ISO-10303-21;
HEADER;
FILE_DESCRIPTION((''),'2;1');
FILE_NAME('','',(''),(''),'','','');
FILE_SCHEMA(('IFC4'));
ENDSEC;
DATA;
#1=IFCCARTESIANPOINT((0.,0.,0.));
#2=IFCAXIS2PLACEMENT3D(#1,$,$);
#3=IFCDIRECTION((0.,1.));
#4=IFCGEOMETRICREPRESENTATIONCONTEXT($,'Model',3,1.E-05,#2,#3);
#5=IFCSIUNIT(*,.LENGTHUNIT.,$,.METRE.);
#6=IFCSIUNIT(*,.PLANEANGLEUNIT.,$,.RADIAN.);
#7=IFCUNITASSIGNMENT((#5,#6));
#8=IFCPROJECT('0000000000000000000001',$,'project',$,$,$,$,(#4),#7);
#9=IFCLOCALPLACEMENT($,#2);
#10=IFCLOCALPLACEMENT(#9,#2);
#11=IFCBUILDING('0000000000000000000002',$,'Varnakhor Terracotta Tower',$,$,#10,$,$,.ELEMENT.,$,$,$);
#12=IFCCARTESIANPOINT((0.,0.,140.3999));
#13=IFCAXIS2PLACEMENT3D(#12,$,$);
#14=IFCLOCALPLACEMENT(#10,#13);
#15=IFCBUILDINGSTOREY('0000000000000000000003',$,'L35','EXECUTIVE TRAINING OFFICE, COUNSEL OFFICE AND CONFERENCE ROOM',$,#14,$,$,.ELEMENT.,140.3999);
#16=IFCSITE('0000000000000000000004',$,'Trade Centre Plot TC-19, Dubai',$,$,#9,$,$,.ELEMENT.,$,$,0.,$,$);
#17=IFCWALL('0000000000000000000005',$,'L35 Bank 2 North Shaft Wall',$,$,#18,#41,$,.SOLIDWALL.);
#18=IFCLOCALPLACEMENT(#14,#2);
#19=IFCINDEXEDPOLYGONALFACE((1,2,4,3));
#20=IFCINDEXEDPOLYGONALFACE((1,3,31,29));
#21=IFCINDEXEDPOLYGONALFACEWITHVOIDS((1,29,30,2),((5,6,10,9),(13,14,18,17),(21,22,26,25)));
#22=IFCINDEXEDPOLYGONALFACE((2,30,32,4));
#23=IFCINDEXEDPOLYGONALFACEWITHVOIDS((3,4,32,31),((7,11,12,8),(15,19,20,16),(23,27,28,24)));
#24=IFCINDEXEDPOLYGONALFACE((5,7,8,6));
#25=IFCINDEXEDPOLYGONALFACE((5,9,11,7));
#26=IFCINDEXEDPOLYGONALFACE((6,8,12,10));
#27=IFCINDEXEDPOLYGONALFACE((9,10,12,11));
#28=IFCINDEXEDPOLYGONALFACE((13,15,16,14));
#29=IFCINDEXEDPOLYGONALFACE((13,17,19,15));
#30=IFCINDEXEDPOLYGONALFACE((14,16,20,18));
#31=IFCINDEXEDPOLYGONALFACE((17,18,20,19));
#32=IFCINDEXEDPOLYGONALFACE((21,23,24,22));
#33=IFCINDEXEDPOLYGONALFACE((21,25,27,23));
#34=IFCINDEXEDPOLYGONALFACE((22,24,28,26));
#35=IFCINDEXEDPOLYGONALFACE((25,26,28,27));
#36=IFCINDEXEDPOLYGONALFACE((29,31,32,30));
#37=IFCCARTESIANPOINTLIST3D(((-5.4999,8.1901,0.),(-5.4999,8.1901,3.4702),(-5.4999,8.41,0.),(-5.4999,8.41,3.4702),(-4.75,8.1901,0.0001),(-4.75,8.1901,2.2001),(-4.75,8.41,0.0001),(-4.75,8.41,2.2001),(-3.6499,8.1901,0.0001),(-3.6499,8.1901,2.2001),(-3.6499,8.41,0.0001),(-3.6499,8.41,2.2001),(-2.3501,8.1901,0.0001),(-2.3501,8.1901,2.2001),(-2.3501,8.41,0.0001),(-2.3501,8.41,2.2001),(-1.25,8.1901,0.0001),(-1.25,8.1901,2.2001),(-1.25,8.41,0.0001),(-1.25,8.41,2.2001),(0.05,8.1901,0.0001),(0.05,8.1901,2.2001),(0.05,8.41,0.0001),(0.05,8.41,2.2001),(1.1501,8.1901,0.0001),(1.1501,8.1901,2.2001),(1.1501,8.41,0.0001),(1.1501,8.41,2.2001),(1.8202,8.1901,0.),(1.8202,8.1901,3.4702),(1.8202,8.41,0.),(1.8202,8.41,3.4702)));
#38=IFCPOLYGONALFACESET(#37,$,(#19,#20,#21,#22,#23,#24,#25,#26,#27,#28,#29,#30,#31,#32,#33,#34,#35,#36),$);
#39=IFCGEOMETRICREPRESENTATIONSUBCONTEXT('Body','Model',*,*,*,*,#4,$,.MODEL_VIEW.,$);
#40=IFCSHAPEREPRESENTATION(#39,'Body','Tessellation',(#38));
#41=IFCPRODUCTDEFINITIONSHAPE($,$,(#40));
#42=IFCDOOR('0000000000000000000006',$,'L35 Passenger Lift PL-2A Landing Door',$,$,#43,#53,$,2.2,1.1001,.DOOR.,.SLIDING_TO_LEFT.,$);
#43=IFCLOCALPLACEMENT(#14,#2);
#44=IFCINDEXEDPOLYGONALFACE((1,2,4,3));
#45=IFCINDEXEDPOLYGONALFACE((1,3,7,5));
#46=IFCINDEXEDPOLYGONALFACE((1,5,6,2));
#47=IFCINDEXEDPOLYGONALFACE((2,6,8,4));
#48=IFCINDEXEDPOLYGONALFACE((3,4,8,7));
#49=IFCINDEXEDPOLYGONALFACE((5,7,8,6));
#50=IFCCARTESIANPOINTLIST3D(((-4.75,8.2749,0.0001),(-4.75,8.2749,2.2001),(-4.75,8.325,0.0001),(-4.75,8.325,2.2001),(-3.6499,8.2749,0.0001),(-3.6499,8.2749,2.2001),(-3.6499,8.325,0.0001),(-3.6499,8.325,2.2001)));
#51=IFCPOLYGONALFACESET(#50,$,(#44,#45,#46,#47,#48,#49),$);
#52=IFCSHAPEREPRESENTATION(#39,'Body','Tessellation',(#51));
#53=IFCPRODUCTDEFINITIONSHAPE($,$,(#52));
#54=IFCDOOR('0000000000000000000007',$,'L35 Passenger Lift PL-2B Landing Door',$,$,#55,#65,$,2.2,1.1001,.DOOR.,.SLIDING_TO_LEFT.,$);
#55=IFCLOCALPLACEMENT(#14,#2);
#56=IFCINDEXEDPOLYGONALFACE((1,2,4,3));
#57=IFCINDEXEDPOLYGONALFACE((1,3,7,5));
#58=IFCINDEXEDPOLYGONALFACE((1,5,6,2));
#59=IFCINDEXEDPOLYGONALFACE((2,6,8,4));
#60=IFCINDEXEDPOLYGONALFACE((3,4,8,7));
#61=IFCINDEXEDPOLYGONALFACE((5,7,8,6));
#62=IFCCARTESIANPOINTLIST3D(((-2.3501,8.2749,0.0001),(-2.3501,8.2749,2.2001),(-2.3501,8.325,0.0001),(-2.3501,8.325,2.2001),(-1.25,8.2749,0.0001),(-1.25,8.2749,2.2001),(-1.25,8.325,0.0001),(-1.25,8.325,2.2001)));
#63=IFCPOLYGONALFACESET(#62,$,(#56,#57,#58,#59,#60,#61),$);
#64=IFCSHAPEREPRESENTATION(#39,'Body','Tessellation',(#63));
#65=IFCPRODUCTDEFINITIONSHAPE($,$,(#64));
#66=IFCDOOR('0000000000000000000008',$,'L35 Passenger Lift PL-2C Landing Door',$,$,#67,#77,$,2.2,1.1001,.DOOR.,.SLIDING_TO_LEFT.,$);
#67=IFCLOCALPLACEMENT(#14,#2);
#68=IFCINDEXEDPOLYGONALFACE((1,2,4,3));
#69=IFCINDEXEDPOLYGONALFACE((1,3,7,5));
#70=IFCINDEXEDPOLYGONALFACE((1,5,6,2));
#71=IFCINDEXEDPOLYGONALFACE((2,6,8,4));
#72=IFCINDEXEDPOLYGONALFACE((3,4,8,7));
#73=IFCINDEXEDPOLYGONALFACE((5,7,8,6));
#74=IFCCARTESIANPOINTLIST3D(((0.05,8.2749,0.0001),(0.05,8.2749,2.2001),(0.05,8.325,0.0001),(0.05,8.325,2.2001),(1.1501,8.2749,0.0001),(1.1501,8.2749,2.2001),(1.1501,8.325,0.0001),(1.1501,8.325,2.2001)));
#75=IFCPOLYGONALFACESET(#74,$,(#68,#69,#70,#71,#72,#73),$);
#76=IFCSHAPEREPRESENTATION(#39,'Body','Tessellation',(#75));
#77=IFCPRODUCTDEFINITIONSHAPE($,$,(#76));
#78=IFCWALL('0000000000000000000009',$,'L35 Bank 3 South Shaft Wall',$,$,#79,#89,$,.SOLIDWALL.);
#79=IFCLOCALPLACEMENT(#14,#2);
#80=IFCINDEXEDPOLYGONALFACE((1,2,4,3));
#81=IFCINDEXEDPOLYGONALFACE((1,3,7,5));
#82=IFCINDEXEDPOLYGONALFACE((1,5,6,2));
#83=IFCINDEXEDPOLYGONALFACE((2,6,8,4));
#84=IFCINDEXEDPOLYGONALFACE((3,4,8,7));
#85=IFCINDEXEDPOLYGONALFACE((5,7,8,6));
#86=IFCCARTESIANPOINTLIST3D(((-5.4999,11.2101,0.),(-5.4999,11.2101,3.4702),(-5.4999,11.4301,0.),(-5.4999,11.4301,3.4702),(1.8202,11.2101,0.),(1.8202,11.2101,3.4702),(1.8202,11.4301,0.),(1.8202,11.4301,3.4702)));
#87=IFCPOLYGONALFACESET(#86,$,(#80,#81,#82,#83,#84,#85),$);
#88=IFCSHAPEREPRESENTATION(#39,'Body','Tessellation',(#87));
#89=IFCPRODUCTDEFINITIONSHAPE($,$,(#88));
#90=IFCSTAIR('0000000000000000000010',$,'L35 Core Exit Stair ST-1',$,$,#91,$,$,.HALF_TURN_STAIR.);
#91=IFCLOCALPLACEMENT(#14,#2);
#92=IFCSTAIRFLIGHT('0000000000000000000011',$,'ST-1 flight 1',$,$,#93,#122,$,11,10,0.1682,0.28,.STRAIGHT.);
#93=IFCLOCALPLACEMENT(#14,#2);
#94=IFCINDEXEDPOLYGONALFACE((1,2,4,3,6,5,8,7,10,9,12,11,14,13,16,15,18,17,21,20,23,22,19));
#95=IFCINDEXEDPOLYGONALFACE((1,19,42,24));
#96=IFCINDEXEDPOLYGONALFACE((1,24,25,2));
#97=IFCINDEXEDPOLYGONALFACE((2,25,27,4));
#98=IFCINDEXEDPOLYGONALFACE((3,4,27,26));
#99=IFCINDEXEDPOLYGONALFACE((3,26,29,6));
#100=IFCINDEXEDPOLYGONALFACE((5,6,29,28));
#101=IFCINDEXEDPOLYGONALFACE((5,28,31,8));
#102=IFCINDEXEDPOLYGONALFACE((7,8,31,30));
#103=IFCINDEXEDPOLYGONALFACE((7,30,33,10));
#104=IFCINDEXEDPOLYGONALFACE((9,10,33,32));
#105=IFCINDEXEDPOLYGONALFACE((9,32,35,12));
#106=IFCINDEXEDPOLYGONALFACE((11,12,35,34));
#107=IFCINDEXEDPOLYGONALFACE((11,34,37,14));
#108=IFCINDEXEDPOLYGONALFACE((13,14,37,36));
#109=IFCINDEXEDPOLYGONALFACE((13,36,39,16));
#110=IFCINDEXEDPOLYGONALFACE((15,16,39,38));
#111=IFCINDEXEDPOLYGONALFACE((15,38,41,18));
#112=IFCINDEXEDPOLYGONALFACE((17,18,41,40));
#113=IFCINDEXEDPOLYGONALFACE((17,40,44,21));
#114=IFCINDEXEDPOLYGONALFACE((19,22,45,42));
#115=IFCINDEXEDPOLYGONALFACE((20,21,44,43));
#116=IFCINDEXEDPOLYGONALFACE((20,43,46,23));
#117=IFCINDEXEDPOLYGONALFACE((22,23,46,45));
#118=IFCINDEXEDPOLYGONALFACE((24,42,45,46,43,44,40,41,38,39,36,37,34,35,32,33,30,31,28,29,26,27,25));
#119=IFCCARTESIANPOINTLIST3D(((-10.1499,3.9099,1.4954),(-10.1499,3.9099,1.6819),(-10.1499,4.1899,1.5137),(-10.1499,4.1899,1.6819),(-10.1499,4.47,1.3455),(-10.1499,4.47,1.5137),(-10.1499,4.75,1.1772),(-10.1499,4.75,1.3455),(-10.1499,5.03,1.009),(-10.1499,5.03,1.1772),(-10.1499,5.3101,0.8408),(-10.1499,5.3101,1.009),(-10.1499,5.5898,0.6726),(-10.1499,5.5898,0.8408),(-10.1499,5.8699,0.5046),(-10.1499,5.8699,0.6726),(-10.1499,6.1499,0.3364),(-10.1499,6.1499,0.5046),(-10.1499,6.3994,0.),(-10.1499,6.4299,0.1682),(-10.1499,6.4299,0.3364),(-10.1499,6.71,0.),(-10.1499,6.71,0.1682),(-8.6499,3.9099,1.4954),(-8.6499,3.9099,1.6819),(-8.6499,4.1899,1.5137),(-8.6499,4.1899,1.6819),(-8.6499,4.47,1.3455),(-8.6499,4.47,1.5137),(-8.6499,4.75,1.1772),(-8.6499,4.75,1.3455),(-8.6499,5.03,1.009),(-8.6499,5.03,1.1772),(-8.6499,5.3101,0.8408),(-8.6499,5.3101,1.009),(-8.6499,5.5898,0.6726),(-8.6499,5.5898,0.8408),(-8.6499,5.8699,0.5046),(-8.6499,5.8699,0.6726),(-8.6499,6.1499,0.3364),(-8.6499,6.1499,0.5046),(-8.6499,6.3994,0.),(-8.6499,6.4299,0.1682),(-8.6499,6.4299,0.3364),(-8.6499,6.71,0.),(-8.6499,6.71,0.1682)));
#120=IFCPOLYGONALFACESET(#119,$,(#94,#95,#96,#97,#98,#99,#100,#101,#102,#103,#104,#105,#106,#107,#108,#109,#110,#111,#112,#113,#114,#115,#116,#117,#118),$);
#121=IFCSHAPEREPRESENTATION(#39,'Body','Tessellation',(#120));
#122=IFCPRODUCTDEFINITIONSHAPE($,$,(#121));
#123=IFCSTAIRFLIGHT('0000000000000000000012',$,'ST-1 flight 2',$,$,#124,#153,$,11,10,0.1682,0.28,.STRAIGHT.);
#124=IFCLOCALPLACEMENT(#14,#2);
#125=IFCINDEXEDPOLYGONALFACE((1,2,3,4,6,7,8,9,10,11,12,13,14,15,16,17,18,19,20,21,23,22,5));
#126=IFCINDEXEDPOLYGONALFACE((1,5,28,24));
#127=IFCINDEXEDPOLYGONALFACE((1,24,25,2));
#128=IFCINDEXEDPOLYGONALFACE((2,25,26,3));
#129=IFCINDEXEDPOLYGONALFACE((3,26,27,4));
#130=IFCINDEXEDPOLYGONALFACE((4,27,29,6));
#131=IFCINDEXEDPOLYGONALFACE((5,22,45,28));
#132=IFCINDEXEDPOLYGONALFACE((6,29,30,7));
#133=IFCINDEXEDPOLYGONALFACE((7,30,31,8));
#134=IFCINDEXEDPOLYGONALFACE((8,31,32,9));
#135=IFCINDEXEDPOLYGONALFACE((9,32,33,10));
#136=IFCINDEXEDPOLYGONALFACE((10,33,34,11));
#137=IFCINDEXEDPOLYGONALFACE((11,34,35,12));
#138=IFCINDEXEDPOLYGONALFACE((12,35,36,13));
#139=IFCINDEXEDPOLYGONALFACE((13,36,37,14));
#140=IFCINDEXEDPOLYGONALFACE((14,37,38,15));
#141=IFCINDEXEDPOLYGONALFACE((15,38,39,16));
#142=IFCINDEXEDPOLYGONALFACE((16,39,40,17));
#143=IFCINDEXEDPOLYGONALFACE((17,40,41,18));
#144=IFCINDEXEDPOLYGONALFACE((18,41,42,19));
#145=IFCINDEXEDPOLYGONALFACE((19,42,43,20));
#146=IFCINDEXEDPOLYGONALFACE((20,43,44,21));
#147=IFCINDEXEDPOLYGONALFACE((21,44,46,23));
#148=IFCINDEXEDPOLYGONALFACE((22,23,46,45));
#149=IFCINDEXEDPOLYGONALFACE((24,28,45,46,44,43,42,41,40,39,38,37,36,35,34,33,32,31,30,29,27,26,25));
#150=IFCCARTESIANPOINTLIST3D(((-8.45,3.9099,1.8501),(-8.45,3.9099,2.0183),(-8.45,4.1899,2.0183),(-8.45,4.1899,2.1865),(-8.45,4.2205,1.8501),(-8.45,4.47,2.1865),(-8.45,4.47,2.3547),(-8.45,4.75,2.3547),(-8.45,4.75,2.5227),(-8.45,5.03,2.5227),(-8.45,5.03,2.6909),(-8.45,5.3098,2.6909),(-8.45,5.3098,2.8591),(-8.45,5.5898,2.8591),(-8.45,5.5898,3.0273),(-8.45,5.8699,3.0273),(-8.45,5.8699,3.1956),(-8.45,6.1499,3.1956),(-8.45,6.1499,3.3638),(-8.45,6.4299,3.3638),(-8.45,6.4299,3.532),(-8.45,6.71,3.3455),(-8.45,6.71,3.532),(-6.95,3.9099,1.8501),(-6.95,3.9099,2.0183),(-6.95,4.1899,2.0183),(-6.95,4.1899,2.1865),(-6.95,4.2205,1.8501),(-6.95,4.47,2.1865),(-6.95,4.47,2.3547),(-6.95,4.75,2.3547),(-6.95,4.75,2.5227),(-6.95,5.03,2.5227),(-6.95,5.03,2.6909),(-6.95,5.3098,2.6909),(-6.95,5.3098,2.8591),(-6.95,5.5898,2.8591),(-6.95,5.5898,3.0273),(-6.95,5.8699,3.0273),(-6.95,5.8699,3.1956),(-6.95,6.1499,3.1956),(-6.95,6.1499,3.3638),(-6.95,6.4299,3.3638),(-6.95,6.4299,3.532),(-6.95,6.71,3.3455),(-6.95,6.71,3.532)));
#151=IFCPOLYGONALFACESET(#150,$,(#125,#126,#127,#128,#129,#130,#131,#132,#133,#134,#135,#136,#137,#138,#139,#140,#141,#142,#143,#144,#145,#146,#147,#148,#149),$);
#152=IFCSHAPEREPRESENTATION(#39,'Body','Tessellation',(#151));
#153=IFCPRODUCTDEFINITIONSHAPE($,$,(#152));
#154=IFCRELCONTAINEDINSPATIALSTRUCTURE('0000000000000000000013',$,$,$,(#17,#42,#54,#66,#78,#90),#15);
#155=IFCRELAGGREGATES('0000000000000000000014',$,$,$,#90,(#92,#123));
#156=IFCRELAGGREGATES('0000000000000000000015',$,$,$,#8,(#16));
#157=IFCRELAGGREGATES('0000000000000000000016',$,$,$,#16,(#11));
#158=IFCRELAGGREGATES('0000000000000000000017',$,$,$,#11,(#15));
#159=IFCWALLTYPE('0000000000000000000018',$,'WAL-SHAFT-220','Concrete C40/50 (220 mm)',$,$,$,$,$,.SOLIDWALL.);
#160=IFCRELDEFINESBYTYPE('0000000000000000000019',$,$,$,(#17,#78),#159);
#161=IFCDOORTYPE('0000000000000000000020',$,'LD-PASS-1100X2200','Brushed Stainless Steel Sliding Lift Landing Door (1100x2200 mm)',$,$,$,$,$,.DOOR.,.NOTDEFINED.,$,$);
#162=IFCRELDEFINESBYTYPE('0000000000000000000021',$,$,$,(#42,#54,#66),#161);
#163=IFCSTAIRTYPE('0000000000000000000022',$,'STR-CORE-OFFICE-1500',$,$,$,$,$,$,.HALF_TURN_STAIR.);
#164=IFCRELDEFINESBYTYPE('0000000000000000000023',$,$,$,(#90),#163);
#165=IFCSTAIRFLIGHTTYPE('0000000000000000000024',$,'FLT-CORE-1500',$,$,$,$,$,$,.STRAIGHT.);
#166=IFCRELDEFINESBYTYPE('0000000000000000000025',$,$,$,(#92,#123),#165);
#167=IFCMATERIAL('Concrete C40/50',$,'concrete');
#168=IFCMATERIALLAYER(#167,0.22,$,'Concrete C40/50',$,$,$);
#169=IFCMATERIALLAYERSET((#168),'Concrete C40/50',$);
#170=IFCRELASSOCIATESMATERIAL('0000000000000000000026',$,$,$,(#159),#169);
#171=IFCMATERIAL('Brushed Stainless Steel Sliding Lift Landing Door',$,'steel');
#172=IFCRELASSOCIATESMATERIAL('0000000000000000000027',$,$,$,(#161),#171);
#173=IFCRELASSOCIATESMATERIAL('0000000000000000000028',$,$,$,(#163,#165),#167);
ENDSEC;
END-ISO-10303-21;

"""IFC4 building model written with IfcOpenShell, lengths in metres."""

from ifc_helpers import new_model, si_unit, direction, frame, frame_2d, origin, place, context, subcontext, project, spatial, polyline, rectangle, outline, extrude, source, transform, mapped, material, layer, layer_set, type_object, type_shapes, element, fill, aggregate, save


model = new_model("IFC4")

# Units and contexts
model_context = context("Model", 3, precision=1e-05, world=origin(), true_north=direction((0.0, 1.0)))
body_context = subcontext(model_context, "Body", "Model", "MODEL_VIEW")
ifc_project = project(units=[si_unit("LENGTHUNIT", "METRE"), si_unit("PLANEANGLEUNIT", "RADIAN")], contexts=[model_context])

# Site, building, storey
site_placement = place(None, origin())
site = spatial("IfcSite", under=ifc_project, at=site_placement, Name="Trade Centre Plot TC-19, Dubai", CompositionType="ELEMENT", RefElevation=0.0)
building_placement = place(site_placement, origin())
building = spatial("IfcBuilding", under=site, at=building_placement, Name="Varnakhor Terracotta Tower", CompositionType="ELEMENT")
storey_placement = place(building_placement, frame((0.0, 0.0, 140.3999)))
storey = spatial("IfcBuildingStorey", under=building, at=storey_placement, Name="L35", Description="EXECUTIVE TRAINING OFFICE, COUNSEL OFFICE AND CONFERENCE ROOM", CompositionType="ELEMENT", Elevation=140.3999)

# Shared definitions
ifc_material_1 = material(Name="Concrete C40/50", Category="concrete")

# Shared definitions
ifc_layer_1 = layer(ifc_material_1, 0.22, Name="Concrete C40/50")
ifc_layer_set_1 = layer_set([ifc_layer_1], Name="Concrete C40/50")
wall_type_1 = type_object("IfcWallType", Name="WAL-SHAFT-220", Description="Concrete C40/50 (220 mm)", PredefinedType="SOLIDWALL", material=ifc_layer_set_1)

# Wall, openings, doors
wall_1_placement = place(storey_placement, frame((-5.5, 8.3, 0.0), z_axis=(0.0, 0.0, 1.0), x_axis=(1.0, 0.0, 0.0)))
wall_1 = element("IfcWall", 1, at=wall_1_placement, inside=storey, type_object=wall_type_1, Name="L35 Bank 2 North Shaft Wall", PredefinedType="SOLIDWALL", context=body_context, shape_type="SweptSolid", body=[
    extrude(rectangle(XDim=7.3201, YDim=0.22, at=frame_2d((3.6602, 0.0))), origin(), (0.0, 0.0, 1.0), 3.4702),
])
opening_1_placement = place(wall_1_placement, frame((0.75, 0.0, 0.0)))
opening_1 = element("IfcOpeningElement", 2, at=opening_1_placement, cuts=wall_1, PredefinedType="OPENING", context=body_context, shape_type="SweptSolid", body=[
    extrude(rectangle(XDim=1.1001, YDim=2.2, at=frame_2d((0.55, 1.1001))), frame((0.0, 0.1201, 0.0), z_axis=(0.0, -1.0, 0.0), x_axis=(1.0, 0.0, 0.0)), (0.0, 0.0, 1.0), 0.24),
])
opening_2_placement = place(wall_1_placement, frame((3.1499, 0.0, 0.0)))
opening_2 = element("IfcOpeningElement", 3, at=opening_2_placement, cuts=wall_1, PredefinedType="OPENING", context=body_context, shape_type="SweptSolid", body=[
    extrude(rectangle(XDim=1.1001, YDim=2.2, at=frame_2d((0.55, 1.1001))), frame((0.0, 0.1201, 0.0), z_axis=(0.0, -1.0, 0.0), x_axis=(1.0, 0.0, 0.0)), (0.0, 0.0, 1.0), 0.24),
])
opening_3_placement = place(wall_1_placement, frame((5.55, 0.0, 0.0)))
opening_3 = element("IfcOpeningElement", 4, at=opening_3_placement, cuts=wall_1, PredefinedType="OPENING", context=body_context, shape_type="SweptSolid", body=[
    extrude(rectangle(XDim=1.1001, YDim=2.2, at=frame_2d((0.55, 1.1001))), frame((0.0, 0.1201, 0.0), z_axis=(0.0, -1.0, 0.0), x_axis=(1.0, 0.0, 0.0)), (0.0, 0.0, 1.0), 0.24),
])
ifc_material_2 = material(Name="Brushed Stainless Steel Sliding Lift Landing Door", Category="steel")
door_type_1 = type_object("IfcDoorType", Name="LD-PASS-1100X2200", Description="Brushed Stainless Steel Sliding Lift Landing Door (1100x2200 mm)", OperationType="NOTDEFINED", PredefinedType="DOOR", material=ifc_material_2)
shared_shape_1 = source(origin(), body_context, "Body", "SweptSolid", [
    extrude(rectangle(XDim=1.1001, YDim=2.2, at=frame_2d((0.55, 1.1001))), frame((0.0, 0.0249, 0.0), z_axis=(0.0, -1.0, 0.0), x_axis=(1.0, 0.0, 0.0)), (0.0, 0.0, 1.0), 0.05),
])
type_shapes(door_type_1, [shared_shape_1])
door_1_placement = place(opening_1_placement, origin())
door_1 = element("IfcDoor", 5, at=door_1_placement, inside=storey, type_object=door_type_1, Name="L35 Passenger Lift PL-2A Landing Door", OperationType="SLIDING_TO_LEFT", OverallHeight=2.2, OverallWidth=1.1001, PredefinedType="DOOR", context=body_context, shape_type="MappedRepresentation", body=[
    mapped(shared_shape_1, transform((0.0, 0.0, 0.0), scale=1.0)),
])
fill(opening_1, door_1)
door_2_placement = place(opening_2_placement, origin())
door_2 = element("IfcDoor", 6, at=door_2_placement, inside=storey, type_object=door_type_1, Name="L35 Passenger Lift PL-2B Landing Door", OperationType="SLIDING_TO_LEFT", OverallHeight=2.2, OverallWidth=1.1001, PredefinedType="DOOR", context=body_context, shape_type="MappedRepresentation", body=[
    mapped(shared_shape_1, transform((0.0, 0.0, 0.0), scale=1.0)),
])
fill(opening_2, door_2)
door_3_placement = place(opening_3_placement, origin())
door_3 = element("IfcDoor", 7, at=door_3_placement, inside=storey, type_object=door_type_1, Name="L35 Passenger Lift PL-2C Landing Door", OperationType="SLIDING_TO_LEFT", OverallHeight=2.2, OverallWidth=1.1001, PredefinedType="DOOR", context=body_context, shape_type="MappedRepresentation", body=[
    mapped(shared_shape_1, transform((0.0, 0.0, 0.0), scale=1.0)),
])
fill(opening_3, door_3)

# Wall
wall_2_placement = place(storey_placement, frame((-5.5, 11.3201, 0.0), z_axis=(0.0, 0.0, 1.0), x_axis=(1.0, 0.0, 0.0)))
element("IfcWall", 8, at=wall_2_placement, inside=storey, type_object=wall_type_1, Name="L35 Bank 3 South Shaft Wall", PredefinedType="SOLIDWALL", context=body_context, shape_type="SweptSolid", body=[
    extrude(rectangle(XDim=7.3201, YDim=0.22, at=frame_2d((3.6602, 0.0))), origin(), (0.0, 0.0, 1.0), 3.4702),
])

# Stair, stair flights
stair_type = type_object("IfcStairType", Name="STR-CORE-OFFICE-1500", PredefinedType="HALF_TURN_STAIR", material=ifc_material_1)
stair_placement = place(storey_placement, origin())
stair = element("IfcStair", 9, at=stair_placement, inside=storey, type_object=stair_type, Name="L35 Core Exit Stair ST-1", PredefinedType="HALF_TURN_STAIR")
stair_flight_type = type_object("IfcStairFlightType", Name="FLT-CORE-1500", PredefinedType="STRAIGHT", material=ifc_material_1)
stair_flight_1_placement = place(storey_placement, frame((-9.3999, 6.71, 0.0), z_axis=(0.0, 0.0, 1.0), x_axis=(0.0, -1.0, 0.0)))
stair_flight_1 = element("IfcStairFlight", 10, at=stair_flight_1_placement, type_object=stair_flight_type, Name="ST-1 flight 1", NumberOfRisers=11, NumberOfTreads=10, PredefinedType="STRAIGHT", RiserHeight=0.1682, TreadLength=0.28, context=body_context, shape_type="SweptSolid", body=[
    extrude(outline(polyline([(0.0, 0.0), (0.0, 0.1682), (0.28, 0.1682), (0.28, 0.3364), (0.5601, 0.3364), (0.5601, 0.5046), (0.8401, 0.5046), (0.8401, 0.6726), (1.1201, 0.6726), (1.1201, 0.8408), (1.3999, 0.8408), (1.3999, 1.009), (1.6799, 1.009), (1.6799, 1.1772), (1.96, 1.1772), (1.96, 1.3455), (2.24, 1.3455), (2.24, 1.5137), (2.52, 1.5137), (2.52, 1.6819), (2.8, 1.6819), (2.8, 1.8501), (2.8, 1.4954), (0.3105, 0.0), (0.0, 0.0)])), frame((0.0, 0.75, 0.0), z_axis=(0.0, -1.0, 0.0), x_axis=(1.0, 0.0, 0.0)), (0.0, 0.0, 1.0), 1.5),
])
stair_flight_2_placement = place(storey_placement, frame((-7.7, 3.9099, 1.8501), z_axis=(0.0, 0.0, 1.0), x_axis=(0.0, 1.0, 0.0)))
stair_flight_2 = element("IfcStairFlight", 11, at=stair_flight_2_placement, type_object=stair_flight_type, Name="ST-1 flight 2", NumberOfRisers=11, NumberOfTreads=10, PredefinedType="STRAIGHT", RiserHeight=0.1682, TreadLength=0.28, context=body_context, shape_type="SweptSolid", body=[
    extrude(outline(polyline([(0.0, 0.0), (0.0, 0.1682), (0.28, 0.1682), (0.28, 0.3364), (0.5601, 0.3364), (0.5601, 0.5046), (0.8401, 0.5046), (0.8401, 0.6726), (1.1201, 0.6726), (1.1201, 0.8408), (1.3999, 0.8408), (1.3999, 1.009), (1.6799, 1.009), (1.6799, 1.1772), (1.96, 1.1772), (1.96, 1.3455), (2.24, 1.3455), (2.24, 1.5137), (2.52, 1.5137), (2.52, 1.6819), (2.8, 1.6819), (2.8, 1.8501), (2.8, 1.4954), (0.3105, 0.0), (0.0, 0.0)])), frame((0.0, 0.75, 0.0), z_axis=(0.0, -1.0, 0.0), x_axis=(1.0, 0.0, 0.0)), (0.0, 0.0, 1.0), 1.5),
])
aggregate(stair, [stair_flight_1, stair_flight_2])

save(model, "model.ifc")
